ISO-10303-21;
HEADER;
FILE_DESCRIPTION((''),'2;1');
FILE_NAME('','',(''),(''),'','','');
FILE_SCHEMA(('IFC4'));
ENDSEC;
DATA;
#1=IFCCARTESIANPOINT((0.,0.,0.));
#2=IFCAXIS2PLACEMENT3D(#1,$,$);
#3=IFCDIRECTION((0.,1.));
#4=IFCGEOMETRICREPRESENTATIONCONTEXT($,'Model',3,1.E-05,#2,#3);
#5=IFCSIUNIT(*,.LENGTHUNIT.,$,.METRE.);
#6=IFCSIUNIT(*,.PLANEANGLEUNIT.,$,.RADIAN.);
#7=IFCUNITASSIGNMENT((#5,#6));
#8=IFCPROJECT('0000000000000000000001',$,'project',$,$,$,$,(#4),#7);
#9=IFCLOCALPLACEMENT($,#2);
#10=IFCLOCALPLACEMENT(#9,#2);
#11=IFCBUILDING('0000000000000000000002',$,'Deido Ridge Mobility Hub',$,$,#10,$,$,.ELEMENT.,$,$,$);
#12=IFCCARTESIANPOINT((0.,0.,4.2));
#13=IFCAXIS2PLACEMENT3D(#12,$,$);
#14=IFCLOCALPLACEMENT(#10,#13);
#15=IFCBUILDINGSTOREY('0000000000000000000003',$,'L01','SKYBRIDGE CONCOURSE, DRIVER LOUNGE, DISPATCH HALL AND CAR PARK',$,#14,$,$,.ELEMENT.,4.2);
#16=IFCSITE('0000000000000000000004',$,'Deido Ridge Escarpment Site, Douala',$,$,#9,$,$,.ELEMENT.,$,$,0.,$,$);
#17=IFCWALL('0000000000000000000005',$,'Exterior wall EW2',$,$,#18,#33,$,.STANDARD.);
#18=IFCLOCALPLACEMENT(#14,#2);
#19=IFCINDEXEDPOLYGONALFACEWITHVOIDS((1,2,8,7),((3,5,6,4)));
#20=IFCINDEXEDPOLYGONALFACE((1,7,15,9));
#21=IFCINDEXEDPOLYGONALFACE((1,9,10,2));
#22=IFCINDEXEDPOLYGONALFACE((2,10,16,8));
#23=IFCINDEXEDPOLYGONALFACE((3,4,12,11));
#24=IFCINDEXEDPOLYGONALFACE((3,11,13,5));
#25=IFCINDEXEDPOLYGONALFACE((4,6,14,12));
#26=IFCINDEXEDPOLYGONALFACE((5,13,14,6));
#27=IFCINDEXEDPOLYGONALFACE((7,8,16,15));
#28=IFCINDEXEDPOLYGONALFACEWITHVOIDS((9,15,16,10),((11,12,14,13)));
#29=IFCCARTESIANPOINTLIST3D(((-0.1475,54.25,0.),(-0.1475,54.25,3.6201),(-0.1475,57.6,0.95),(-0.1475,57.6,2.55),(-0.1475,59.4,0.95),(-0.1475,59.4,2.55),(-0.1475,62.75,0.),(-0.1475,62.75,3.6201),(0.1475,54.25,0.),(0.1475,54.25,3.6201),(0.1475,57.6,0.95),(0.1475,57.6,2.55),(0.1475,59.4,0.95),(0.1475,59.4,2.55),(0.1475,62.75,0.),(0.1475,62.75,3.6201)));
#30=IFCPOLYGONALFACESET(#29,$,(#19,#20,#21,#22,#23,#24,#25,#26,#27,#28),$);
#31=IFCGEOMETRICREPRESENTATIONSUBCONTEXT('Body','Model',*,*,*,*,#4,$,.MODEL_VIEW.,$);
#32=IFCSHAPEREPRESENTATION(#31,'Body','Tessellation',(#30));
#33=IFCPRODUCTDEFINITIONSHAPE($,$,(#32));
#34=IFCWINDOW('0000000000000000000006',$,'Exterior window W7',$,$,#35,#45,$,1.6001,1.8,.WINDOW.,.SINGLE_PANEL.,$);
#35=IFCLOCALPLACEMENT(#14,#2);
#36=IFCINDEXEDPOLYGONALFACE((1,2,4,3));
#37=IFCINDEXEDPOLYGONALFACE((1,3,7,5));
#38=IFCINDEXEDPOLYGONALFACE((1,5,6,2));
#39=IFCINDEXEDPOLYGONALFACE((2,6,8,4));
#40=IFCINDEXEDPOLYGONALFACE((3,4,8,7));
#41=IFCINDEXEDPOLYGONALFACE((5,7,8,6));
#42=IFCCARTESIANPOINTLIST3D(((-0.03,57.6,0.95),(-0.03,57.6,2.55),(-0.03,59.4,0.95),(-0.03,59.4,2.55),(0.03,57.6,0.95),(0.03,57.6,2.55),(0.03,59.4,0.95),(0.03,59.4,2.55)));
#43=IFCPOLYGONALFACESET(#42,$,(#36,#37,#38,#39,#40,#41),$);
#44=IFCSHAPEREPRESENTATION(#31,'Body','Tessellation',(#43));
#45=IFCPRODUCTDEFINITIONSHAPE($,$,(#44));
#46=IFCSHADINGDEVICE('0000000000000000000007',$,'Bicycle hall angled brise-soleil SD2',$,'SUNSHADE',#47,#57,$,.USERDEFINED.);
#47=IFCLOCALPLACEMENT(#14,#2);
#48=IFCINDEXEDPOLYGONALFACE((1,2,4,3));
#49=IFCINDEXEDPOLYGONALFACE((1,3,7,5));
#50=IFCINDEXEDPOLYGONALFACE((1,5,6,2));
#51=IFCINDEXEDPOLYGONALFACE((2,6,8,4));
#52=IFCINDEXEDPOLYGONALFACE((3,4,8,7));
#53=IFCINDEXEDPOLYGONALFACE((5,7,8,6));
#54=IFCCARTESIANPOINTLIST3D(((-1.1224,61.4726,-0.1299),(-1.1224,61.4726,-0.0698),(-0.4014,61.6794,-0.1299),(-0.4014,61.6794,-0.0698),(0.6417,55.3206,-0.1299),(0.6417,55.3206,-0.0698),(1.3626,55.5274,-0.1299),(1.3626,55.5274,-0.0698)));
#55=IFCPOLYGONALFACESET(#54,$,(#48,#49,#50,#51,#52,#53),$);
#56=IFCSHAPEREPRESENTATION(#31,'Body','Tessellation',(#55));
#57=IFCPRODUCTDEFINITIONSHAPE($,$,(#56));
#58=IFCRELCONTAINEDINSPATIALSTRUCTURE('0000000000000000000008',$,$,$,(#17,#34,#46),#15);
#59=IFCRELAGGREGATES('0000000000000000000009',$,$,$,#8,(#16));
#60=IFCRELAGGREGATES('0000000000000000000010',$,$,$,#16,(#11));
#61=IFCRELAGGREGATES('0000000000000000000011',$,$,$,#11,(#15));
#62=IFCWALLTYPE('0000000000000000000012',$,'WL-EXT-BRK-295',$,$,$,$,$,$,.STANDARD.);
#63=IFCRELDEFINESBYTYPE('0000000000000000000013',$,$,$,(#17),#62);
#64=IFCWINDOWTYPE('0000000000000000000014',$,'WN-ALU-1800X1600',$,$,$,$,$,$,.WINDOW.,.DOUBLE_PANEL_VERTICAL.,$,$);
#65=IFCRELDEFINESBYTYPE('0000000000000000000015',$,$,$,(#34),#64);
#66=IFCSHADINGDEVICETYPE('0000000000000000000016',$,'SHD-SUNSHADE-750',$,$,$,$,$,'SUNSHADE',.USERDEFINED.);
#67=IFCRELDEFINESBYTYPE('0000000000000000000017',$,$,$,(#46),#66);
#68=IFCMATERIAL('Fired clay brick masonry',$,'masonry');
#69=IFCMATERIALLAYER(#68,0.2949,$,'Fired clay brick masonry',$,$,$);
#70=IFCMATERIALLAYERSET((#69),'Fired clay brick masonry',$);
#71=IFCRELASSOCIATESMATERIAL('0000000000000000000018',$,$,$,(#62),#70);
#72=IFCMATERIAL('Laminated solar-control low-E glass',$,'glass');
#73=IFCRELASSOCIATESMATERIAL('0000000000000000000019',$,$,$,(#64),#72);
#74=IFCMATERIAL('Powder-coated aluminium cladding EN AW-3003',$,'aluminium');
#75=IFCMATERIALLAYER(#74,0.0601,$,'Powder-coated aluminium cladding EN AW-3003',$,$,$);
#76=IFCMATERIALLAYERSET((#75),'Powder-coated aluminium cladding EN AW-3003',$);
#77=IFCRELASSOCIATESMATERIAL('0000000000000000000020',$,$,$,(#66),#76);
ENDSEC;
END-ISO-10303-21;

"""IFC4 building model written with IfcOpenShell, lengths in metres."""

from ifc_helpers import new_model, si_unit, direction, frame, frame_2d, origin, origin_2d, place, context, subcontext, project, spatial, rectangle, extrude, material, layer, layer_set, type_object, element, fill, save


model = new_model("IFC4")

# Units and contexts
model_context = context("Model", 3, precision=1e-05, world=origin(), true_north=direction((0.0, 1.0)))
body_context = subcontext(model_context, "Body", "Model", "MODEL_VIEW")
ifc_project = project(units=[si_unit("LENGTHUNIT", "METRE"), si_unit("PLANEANGLEUNIT", "RADIAN")], contexts=[model_context])

# Site, building, storey
site_placement = place(None, origin())
site = spatial("IfcSite", under=ifc_project, at=site_placement, Name="Deido Ridge Escarpment Site, Douala", CompositionType="ELEMENT", RefElevation=0.0)
building_placement = place(site_placement, origin())
building = spatial("IfcBuilding", under=site, at=building_placement, Name="Deido Ridge Mobility Hub", CompositionType="ELEMENT")
storey_placement = place(building_placement, frame((0.0, 0.0, 4.2)))
storey = spatial("IfcBuildingStorey", under=building, at=storey_placement, Name="L01", Description="SKYBRIDGE CONCOURSE, DRIVER LOUNGE, DISPATCH HALL AND CAR PARK", CompositionType="ELEMENT", Elevation=4.2)

# Wall, opening, window
ifc_material_1 = material(Name="Fired clay brick masonry", Category="masonry")
ifc_layer_1 = layer(ifc_material_1, 0.2949, Name="Fired clay brick masonry")
ifc_layer_set_1 = layer_set([ifc_layer_1], Name="Fired clay brick masonry")
wall_type = type_object("IfcWallType", Name="WL-EXT-BRK-295", PredefinedType="STANDARD", material=ifc_layer_set_1)
wall_placement = place(storey_placement, frame((0.0, 54.25, 0.0), z_axis=(0.0, 0.0, 1.0), x_axis=(0.0, 1.0, 0.0)))
wall = element("IfcWall", 1, at=wall_placement, inside=storey, type_object=wall_type, Name="Exterior wall EW2", PredefinedType="STANDARD", context=body_context, shape_type="SweptSolid", body=[
    extrude(rectangle(XDim=8.5, YDim=0.2949, at=frame_2d((4.25, 0.0))), origin(), (0.0, 0.0, 1.0), 3.6201),
])
opening_placement = place(wall_placement, frame((3.3501, 0.0, 0.95)))
opening = element("IfcOpeningElement", 2, at=opening_placement, cuts=wall, PredefinedType="OPENING", context=body_context, shape_type="SweptSolid", body=[
    extrude(rectangle(XDim=1.8, YDim=1.6001, at=frame_2d((0.8999, 0.8))), frame((0.0, 0.1575, 0.0), z_axis=(0.0, -1.0, 0.0), x_axis=(1.0, 0.0, 0.0)), (0.0, 0.0, 1.0), 0.3149),
])
ifc_material_2 = material(Name="Laminated solar-control low-E glass", Category="glass")
window_type = type_object("IfcWindowType", Name="WN-ALU-1800X1600", PartitioningType="DOUBLE_PANEL_VERTICAL", PredefinedType="WINDOW", material=ifc_material_2)
window_placement = place(opening_placement, origin())
window = element("IfcWindow", 3, at=window_placement, inside=storey, type_object=window_type, Name="Exterior window W7", OverallHeight=1.6001, OverallWidth=1.8, PartitioningType="SINGLE_PANEL", PredefinedType="WINDOW", context=body_context, shape_type="SweptSolid", body=[
    extrude(rectangle(XDim=1.8, YDim=1.6001, at=frame_2d((0.8999, 0.8))), frame((0.0, 0.03, 0.0), z_axis=(0.0, -1.0, 0.0), x_axis=(1.0, 0.0, 0.0)), (0.0, 0.0, 1.0), 0.0601),
])
fill(opening, window)

# Shading device
ifc_material_3 = material(Name="Powder-coated aluminium cladding EN AW-3003", Category="aluminium")
ifc_layer_2 = layer(ifc_material_3, 0.0601, Name="Powder-coated aluminium cladding EN AW-3003")
ifc_layer_set_2 = layer_set([ifc_layer_2], Name="Powder-coated aluminium cladding EN AW-3003")
shading_device_type = type_object("IfcShadingDeviceType", Name="SHD-SUNSHADE-750", ElementType="SUNSHADE", PredefinedType="USERDEFINED", material=ifc_layer_set_2)
shading_device_placement = place(storey_placement, frame((0.1201, 58.5, -0.1299), z_axis=(0.0, 0.0, 1.0), x_axis=(-0.275637, 0.961262, 0.0)))
element("IfcShadingDevice", 4, at=shading_device_placement, inside=storey, type_object=shading_device_type, Name="Bicycle hall angled brise-soleil SD2", ObjectType="SUNSHADE", PredefinedType="USERDEFINED", context=body_context, shape_type="SweptSolid", body=[
    extrude(rectangle(XDim=6.3999, YDim=0.75, at=origin_2d()), origin(), (0.0, 0.0, 1.0), 0.0601),
])

save(model, "model.ifc")
